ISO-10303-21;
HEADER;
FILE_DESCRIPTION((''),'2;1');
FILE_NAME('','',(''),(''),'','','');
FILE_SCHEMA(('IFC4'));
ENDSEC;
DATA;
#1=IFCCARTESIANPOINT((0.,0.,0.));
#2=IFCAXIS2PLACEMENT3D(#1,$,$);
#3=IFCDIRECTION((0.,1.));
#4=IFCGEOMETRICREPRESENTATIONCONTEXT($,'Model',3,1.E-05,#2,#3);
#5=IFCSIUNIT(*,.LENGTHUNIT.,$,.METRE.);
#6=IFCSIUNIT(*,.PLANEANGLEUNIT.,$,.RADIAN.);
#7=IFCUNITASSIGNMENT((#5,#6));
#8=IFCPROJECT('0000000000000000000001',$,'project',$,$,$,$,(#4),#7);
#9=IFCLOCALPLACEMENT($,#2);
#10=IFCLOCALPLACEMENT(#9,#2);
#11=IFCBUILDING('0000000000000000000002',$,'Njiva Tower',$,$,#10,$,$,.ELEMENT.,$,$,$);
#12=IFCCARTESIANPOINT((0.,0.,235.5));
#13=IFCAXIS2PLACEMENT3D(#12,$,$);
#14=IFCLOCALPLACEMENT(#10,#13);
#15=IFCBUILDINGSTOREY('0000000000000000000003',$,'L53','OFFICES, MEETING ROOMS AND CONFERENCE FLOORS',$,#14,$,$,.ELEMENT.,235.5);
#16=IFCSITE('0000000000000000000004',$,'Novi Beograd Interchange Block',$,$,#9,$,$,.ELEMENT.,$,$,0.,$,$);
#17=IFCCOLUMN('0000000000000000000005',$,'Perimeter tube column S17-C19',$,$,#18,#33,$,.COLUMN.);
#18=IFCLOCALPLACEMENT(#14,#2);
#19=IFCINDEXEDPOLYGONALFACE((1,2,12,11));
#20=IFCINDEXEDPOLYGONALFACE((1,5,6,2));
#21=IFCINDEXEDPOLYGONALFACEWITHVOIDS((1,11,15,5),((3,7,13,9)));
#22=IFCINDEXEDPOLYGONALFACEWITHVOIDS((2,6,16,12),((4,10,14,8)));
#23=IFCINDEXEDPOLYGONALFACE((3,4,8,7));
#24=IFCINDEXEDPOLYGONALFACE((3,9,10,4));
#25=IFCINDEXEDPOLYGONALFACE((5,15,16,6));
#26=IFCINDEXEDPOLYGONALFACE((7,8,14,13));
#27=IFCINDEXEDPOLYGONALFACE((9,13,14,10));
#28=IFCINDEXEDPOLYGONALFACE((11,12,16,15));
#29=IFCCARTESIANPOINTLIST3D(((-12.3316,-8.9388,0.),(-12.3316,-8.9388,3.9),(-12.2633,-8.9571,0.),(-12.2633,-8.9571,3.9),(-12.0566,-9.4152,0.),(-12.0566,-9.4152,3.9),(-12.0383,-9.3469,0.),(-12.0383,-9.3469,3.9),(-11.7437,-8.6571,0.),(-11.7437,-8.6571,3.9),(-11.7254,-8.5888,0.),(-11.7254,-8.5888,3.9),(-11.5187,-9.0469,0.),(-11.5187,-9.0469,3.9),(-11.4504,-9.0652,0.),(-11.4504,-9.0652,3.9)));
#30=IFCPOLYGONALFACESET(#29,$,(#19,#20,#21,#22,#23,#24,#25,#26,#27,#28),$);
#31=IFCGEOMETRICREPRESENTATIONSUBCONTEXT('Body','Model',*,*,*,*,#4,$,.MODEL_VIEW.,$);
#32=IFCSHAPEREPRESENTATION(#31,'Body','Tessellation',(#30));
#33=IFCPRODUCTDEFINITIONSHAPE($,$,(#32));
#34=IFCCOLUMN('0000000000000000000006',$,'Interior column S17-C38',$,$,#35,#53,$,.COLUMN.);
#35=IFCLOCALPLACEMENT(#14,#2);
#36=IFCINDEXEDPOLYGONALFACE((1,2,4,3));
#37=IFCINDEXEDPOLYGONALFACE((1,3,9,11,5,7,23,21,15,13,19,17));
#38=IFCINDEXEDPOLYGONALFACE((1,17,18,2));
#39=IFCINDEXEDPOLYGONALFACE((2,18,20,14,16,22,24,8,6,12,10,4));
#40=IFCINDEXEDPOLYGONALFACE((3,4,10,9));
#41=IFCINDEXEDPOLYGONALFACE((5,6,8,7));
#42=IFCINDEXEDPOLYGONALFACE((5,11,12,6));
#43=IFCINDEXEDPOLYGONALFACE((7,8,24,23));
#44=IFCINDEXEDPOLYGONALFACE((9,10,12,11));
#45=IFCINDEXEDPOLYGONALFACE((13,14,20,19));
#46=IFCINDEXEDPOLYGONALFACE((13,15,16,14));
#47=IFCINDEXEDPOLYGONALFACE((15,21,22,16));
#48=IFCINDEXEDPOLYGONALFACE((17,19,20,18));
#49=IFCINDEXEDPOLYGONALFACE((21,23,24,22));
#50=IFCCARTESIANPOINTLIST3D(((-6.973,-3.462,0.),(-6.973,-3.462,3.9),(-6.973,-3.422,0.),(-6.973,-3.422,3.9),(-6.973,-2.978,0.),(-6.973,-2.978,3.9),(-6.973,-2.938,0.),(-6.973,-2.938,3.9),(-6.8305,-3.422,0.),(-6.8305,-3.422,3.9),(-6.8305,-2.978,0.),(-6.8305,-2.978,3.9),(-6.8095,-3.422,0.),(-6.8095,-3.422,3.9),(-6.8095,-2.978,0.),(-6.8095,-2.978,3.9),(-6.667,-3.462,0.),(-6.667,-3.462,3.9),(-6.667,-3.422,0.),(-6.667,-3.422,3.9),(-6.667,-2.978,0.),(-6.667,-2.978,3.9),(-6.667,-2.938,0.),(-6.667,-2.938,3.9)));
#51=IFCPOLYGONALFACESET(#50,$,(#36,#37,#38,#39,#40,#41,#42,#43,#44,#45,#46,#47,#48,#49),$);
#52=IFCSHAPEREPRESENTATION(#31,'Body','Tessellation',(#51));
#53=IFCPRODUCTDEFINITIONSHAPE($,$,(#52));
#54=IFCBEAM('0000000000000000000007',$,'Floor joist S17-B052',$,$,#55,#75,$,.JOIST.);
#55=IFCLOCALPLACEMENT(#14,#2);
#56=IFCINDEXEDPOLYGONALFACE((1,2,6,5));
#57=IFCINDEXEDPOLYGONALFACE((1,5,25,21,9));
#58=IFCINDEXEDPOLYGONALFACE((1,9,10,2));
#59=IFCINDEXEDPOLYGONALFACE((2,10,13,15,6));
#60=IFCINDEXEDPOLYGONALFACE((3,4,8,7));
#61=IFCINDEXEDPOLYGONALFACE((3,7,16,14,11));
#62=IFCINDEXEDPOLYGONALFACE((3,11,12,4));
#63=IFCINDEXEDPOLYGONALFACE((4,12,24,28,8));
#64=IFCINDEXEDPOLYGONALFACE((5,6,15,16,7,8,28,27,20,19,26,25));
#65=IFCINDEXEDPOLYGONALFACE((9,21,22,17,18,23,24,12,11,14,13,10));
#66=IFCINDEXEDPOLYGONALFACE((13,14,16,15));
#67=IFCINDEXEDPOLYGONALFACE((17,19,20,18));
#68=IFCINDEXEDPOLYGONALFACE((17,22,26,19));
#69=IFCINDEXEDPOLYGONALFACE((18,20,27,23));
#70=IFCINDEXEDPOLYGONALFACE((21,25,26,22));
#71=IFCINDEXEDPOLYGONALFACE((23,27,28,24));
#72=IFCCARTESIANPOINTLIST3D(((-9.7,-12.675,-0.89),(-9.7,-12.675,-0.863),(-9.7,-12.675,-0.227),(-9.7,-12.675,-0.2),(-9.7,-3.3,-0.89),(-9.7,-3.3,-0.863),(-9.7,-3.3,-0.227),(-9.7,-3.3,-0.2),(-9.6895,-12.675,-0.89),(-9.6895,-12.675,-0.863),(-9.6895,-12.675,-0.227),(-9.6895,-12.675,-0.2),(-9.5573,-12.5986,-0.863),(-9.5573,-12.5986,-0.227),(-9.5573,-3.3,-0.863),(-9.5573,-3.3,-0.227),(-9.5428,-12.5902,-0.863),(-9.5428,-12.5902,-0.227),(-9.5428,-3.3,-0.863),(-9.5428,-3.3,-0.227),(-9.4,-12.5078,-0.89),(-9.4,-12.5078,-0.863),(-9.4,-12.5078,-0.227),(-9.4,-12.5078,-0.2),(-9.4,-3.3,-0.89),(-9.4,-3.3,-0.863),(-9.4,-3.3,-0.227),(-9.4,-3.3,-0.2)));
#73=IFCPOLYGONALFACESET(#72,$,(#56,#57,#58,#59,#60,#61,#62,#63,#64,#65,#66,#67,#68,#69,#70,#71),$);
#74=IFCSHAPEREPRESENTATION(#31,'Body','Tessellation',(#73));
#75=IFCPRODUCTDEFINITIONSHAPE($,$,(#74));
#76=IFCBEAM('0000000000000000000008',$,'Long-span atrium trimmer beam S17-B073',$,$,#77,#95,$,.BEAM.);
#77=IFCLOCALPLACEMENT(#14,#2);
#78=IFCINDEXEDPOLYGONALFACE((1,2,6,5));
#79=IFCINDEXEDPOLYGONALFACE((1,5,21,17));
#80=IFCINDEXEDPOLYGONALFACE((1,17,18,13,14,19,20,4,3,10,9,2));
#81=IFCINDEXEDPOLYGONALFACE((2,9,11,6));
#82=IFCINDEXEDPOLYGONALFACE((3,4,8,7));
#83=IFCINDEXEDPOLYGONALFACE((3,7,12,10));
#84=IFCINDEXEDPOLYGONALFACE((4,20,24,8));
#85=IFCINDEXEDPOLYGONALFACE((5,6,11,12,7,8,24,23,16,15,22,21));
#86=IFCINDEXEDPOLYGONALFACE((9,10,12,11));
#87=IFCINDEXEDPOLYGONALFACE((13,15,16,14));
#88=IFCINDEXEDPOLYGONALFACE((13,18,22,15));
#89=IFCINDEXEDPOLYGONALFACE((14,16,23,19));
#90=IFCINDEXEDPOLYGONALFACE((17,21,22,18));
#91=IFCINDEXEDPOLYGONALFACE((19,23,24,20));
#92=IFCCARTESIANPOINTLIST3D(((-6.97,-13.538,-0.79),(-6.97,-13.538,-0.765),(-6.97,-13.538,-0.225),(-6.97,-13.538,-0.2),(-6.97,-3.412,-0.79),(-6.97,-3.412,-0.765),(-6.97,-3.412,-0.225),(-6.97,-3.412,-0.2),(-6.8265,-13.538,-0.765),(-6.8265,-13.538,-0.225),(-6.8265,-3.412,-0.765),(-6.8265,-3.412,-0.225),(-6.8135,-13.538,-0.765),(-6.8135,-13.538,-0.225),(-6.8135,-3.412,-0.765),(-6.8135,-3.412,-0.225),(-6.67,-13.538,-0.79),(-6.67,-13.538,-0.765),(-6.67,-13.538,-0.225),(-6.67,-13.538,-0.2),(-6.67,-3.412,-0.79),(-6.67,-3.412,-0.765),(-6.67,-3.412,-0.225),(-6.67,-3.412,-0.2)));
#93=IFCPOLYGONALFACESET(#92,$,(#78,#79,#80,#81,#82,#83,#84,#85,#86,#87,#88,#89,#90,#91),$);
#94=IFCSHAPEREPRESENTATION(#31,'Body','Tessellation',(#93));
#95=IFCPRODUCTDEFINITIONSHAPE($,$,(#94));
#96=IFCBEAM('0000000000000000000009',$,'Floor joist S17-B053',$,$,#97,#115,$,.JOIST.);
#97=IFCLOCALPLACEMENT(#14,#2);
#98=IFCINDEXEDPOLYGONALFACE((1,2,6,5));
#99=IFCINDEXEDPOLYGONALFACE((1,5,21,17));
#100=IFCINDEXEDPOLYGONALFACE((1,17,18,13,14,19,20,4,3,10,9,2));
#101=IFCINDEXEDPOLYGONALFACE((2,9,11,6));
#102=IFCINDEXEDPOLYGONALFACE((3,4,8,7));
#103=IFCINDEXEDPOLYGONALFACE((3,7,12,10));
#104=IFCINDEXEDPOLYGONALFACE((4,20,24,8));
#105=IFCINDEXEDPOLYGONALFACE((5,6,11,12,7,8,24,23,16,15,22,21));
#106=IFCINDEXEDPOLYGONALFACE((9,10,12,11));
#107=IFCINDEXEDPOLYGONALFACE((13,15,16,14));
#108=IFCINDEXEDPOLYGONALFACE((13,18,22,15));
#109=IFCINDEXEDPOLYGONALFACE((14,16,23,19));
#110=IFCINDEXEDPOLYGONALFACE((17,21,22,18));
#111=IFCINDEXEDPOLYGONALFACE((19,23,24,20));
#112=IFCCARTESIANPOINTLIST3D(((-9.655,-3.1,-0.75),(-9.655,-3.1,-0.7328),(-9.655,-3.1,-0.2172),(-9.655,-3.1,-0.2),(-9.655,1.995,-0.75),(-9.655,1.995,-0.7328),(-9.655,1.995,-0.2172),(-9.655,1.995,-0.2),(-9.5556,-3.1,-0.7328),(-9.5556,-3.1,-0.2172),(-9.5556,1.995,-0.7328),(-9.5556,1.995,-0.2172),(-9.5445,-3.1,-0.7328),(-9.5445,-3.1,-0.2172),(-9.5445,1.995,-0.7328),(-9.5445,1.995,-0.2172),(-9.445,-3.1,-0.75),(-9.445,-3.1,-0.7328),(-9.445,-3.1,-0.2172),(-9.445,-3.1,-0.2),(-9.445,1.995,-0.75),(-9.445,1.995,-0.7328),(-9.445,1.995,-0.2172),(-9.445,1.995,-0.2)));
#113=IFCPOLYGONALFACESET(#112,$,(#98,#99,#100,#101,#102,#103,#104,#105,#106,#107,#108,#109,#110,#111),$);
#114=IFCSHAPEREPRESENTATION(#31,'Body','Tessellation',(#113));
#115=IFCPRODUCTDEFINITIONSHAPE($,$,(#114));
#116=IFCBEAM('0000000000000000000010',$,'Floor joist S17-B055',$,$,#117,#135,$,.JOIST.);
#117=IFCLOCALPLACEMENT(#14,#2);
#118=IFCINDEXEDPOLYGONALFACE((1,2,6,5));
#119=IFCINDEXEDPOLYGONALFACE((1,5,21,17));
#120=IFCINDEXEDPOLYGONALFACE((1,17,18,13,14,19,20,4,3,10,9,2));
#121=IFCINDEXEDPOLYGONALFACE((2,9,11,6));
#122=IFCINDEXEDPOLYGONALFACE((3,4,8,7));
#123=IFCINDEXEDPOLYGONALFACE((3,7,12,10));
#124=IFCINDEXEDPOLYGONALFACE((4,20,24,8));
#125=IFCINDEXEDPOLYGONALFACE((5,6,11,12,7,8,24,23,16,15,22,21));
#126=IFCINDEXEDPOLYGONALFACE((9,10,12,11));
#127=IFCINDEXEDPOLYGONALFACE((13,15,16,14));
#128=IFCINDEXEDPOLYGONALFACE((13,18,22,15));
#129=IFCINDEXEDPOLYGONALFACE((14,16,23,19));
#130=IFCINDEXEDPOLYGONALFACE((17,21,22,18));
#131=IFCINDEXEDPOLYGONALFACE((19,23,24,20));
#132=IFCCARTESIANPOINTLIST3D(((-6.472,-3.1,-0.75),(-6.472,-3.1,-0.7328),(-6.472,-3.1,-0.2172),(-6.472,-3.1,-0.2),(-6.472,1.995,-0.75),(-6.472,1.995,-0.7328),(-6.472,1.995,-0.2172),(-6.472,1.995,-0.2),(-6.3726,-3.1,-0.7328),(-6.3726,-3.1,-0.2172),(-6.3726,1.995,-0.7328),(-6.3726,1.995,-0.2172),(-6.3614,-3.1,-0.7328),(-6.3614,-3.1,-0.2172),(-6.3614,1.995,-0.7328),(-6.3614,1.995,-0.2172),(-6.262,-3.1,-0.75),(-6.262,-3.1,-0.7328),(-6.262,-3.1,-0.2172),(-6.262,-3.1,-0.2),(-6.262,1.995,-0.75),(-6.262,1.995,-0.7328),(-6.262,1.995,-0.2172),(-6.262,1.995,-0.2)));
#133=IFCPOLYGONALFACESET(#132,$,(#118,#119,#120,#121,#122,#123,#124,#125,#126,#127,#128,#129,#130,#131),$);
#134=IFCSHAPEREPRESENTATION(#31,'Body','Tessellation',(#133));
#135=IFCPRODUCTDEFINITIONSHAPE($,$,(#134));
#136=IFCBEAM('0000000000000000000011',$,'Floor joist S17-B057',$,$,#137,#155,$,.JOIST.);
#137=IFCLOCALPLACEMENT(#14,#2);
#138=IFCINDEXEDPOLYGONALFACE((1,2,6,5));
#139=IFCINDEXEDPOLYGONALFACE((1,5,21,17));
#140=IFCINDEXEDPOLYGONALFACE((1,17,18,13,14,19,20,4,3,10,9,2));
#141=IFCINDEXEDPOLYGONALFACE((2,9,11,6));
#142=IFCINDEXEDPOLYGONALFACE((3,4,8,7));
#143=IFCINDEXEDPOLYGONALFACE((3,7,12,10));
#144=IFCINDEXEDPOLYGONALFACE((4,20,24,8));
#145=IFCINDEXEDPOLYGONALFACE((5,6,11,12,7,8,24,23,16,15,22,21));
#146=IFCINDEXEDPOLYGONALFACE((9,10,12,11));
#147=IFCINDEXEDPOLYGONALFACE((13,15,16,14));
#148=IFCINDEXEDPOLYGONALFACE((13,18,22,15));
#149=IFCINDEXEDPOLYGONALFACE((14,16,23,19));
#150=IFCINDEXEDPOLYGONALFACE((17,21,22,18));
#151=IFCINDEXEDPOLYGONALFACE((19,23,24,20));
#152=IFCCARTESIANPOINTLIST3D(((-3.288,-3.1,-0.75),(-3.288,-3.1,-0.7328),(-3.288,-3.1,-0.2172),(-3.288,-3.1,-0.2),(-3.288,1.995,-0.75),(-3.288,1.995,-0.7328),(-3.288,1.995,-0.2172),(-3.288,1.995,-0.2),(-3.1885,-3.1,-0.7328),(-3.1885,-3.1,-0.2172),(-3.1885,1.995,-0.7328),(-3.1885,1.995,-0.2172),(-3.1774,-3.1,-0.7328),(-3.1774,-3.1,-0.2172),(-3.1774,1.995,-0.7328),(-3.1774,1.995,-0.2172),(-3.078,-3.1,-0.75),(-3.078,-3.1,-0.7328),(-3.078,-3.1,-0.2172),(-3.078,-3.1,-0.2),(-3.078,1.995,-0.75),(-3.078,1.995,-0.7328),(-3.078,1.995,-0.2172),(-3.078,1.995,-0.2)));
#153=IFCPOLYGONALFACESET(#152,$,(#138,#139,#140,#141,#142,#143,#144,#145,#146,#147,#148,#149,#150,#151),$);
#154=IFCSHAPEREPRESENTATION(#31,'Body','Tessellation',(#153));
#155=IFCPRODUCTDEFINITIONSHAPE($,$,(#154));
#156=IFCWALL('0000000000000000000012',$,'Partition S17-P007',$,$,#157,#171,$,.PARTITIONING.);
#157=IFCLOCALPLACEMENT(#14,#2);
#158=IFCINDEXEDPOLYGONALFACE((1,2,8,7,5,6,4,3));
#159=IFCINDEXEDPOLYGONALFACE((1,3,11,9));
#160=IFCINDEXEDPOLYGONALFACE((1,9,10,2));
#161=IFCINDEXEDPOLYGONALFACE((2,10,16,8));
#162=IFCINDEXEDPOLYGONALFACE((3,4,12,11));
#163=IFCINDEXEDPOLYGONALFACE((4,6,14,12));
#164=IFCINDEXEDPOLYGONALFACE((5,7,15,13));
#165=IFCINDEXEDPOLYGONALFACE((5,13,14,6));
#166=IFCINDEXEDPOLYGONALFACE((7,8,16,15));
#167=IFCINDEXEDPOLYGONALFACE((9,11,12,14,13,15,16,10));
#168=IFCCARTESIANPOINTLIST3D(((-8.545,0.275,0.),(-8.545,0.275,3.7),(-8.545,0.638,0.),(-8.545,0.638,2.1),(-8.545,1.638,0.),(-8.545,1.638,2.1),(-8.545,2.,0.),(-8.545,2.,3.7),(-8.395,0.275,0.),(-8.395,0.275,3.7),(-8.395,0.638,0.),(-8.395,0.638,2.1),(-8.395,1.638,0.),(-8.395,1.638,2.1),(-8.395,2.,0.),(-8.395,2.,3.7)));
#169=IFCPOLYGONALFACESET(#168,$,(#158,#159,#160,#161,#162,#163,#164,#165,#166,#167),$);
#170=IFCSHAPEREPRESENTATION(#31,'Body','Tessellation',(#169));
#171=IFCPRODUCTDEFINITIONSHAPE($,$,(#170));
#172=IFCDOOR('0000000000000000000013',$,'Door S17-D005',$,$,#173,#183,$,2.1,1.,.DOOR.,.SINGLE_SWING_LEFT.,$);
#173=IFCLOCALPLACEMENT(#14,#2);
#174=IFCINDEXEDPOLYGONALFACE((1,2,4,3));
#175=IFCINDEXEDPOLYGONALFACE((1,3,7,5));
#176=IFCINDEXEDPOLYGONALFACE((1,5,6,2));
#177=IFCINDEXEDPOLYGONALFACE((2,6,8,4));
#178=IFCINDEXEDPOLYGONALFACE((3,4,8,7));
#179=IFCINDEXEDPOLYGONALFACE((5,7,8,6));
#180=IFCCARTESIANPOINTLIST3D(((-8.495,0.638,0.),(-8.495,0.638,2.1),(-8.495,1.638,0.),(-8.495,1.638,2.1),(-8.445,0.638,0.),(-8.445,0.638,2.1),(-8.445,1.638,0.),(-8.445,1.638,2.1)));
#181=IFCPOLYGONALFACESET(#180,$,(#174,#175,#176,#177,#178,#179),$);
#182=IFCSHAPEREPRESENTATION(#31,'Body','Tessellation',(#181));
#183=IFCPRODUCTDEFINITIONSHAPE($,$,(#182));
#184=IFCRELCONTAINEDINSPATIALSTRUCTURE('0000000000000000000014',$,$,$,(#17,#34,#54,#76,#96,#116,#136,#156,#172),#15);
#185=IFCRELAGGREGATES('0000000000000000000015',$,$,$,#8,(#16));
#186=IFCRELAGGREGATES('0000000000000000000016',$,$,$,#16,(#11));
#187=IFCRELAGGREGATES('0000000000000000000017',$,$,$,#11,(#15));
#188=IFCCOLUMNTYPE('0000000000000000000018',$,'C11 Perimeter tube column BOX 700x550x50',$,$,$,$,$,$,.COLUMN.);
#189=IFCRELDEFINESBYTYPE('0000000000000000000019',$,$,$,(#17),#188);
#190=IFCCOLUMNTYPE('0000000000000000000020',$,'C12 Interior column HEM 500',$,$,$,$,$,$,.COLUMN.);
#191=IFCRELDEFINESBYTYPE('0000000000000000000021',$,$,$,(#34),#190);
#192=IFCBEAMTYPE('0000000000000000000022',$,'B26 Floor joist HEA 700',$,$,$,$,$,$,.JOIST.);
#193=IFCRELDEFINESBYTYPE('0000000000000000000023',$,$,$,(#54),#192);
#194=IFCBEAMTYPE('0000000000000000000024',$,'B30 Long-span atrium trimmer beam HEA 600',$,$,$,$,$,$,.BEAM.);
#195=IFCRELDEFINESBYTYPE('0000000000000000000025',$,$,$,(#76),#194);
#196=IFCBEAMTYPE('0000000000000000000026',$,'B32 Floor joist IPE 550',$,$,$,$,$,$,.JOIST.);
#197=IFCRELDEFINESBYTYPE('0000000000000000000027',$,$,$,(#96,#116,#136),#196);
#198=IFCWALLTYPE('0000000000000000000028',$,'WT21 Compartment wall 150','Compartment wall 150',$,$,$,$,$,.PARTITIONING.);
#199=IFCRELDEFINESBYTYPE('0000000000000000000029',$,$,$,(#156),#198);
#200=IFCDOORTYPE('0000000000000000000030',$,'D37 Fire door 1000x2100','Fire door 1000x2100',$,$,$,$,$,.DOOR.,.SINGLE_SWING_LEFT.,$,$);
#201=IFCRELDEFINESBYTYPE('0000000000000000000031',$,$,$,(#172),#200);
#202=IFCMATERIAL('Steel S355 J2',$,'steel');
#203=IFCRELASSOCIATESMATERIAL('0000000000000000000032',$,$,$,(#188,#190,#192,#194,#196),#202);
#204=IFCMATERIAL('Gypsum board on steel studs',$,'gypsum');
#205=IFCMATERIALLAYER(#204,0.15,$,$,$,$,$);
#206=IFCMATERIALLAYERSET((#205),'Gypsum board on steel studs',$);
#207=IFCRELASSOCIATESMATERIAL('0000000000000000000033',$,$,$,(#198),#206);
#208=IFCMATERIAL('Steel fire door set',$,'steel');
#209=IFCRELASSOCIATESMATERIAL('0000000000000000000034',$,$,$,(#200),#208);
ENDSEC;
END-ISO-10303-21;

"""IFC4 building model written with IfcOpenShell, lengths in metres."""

from ifc_helpers import new_model, si_unit, direction, frame, frame_2d, origin, origin_2d, place, context, subcontext, project, spatial, rectangle, hollow_rectangle, i_section, extrude, clip, halfspace, material, layer, layer_set, material_profile, profile_set, type_object, element, fill, save


model = new_model("IFC4")

# Units and contexts
model_context = context("Model", 3, precision=1e-05, world=origin(), true_north=direction((0.0, 1.0)))
body_context = subcontext(model_context, "Body", "Model", "MODEL_VIEW")
ifc_project = project(units=[si_unit("LENGTHUNIT", "METRE"), si_unit("PLANEANGLEUNIT", "RADIAN")], contexts=[model_context])

# Site, building, storey
site_placement = place(None, origin())
site = spatial("IfcSite", under=ifc_project, at=site_placement, Name="Novi Beograd Interchange Block", CompositionType="ELEMENT", RefElevation=0.0)
building_placement = place(site_placement, origin())
building = spatial("IfcBuilding", under=site, at=building_placement, Name="Njiva Tower", CompositionType="ELEMENT")
storey_placement = place(building_placement, frame((0.0, 0.0, 235.5)))
storey = spatial("IfcBuildingStorey", under=building, at=storey_placement, Name="L53", Description="OFFICES, MEETING ROOMS AND CONFERENCE FLOORS", CompositionType="ELEMENT", Elevation=235.5)

# Columns
ifc_material_1 = material(Name="Steel S355 J2", Category="steel")
ifc_material_profile_1 = material_profile(ifc_material_1, hollow_rectangle(XDim=0.55, YDim=0.7, WallThickness=0.05, at=origin_2d()), Name="BOX 700x550x50")
ifc_profile_set_1 = profile_set([ifc_material_profile_1], Name="Steel S355 J2")
column_type_1 = type_object("IfcColumnType", Name="C11 Perimeter tube column BOX 700x550x50", PredefinedType="COLUMN", material=ifc_profile_set_1)
column_1_placement = place(storey_placement, frame((-11.891, -9.002, 0.0), z_axis=(0.0, 0.0, 1.0), x_axis=(0.5, -0.866025, 0.0)))
element("IfcColumn", 1, at=column_1_placement, inside=storey, type_object=column_type_1, Name="Perimeter tube column S17-C19", PredefinedType="COLUMN", context=body_context, shape_type="SweptSolid", body=[
    extrude(hollow_rectangle(XDim=0.55, YDim=0.7, WallThickness=0.05, at=origin_2d()), origin(), (0.0, 0.0, 1.0), 3.9),
])
ifc_material_profile_2 = material_profile(ifc_material_1, i_section(OverallWidth=0.306, OverallDepth=0.524, WebThickness=0.021, FlangeThickness=0.04, at=origin_2d()), Name="HEM 500")
ifc_profile_set_2 = profile_set([ifc_material_profile_2], Name="Steel S355 J2")
column_type_2 = type_object("IfcColumnType", Name="C12 Interior column HEM 500", PredefinedType="COLUMN", material=ifc_profile_set_2)
column_2_placement = place(storey_placement, frame((-6.82, -3.2, 0.0), z_axis=(0.0, 0.0, 1.0), x_axis=(1.0, 0.0, 0.0)))
element("IfcColumn", 2, at=column_2_placement, inside=storey, type_object=column_type_2, Name="Interior column S17-C38", PredefinedType="COLUMN", context=body_context, shape_type="SweptSolid", body=[
    extrude(i_section(OverallWidth=0.306, OverallDepth=0.524, WebThickness=0.021, FlangeThickness=0.04, at=origin_2d()), origin(), (0.0, 0.0, 1.0), 3.9),
])

# Beams
ifc_material_profile_3 = material_profile(ifc_material_1, i_section(OverallWidth=0.3, OverallDepth=0.69, WebThickness=0.0145, FlangeThickness=0.027, at=origin_2d()), Name="HEA 700")
ifc_profile_set_3 = profile_set([ifc_material_profile_3], Name="Steel S355 J2")
beam_type_1 = type_object("IfcBeamType", Name="B26 Floor joist HEA 700", PredefinedType="JOIST", material=ifc_profile_set_3)
beam_1_placement = place(storey_placement, frame((-9.55, -3.3, -0.545), z_axis=(0.0, -1.0, 0.0), x_axis=(1.0, 0.0, 0.0)))
element("IfcBeam", 3, at=beam_1_placement, inside=storey, type_object=beam_type_1, Name="Floor joist S17-B052", PredefinedType="JOIST", context=body_context, shape_type="Clipping", body=[
    clip(extrude(i_section(OverallWidth=0.3, OverallDepth=0.69, WebThickness=0.0145, FlangeThickness=0.027, at=origin_2d()), origin(), (0.0, 0.0, 1.0), 9.375), halfspace(frame((0.025, 0.0, 9.28), z_axis=(0.499998, 0.0, 0.866027), x_axis=(0.0, 1.0, 0.0)), False)),
])
ifc_material_profile_4 = material_profile(ifc_material_1, i_section(OverallWidth=0.3, OverallDepth=0.59, WebThickness=0.013, FlangeThickness=0.025, at=origin_2d()), Name="HEA 600")
ifc_profile_set_4 = profile_set([ifc_material_profile_4], Name="Steel S355 J2")
beam_type_2 = type_object("IfcBeamType", Name="B30 Long-span atrium trimmer beam HEA 600", PredefinedType="BEAM", material=ifc_profile_set_4)
beam_2_placement = place(storey_placement, frame((-6.82, -3.412, -0.495), z_axis=(0.0, -1.0, 0.0), x_axis=(1.0, 0.0, 0.0)))
element("IfcBeam", 4, at=beam_2_placement, inside=storey, type_object=beam_type_2, Name="Long-span atrium trimmer beam S17-B073", PredefinedType="BEAM", context=body_context, shape_type="SweptSolid", body=[
    extrude(i_section(OverallWidth=0.3, OverallDepth=0.59, WebThickness=0.013, FlangeThickness=0.025, at=origin_2d()), origin(), (0.0, 0.0, 1.0), 10.126),
])
ifc_material_profile_5 = material_profile(ifc_material_1, i_section(OverallWidth=0.21, OverallDepth=0.55, WebThickness=0.0111, FlangeThickness=0.0172, at=origin_2d()), Name="IPE 550")
ifc_profile_set_5 = profile_set([ifc_material_profile_5], Name="Steel S355 J2")
beam_type_3 = type_object("IfcBeamType", Name="B32 Floor joist IPE 550", PredefinedType="JOIST", material=ifc_profile_set_5)
for number, where, z_axis, x_axis, name in (
    (5, (-9.55, 1.995, -0.475), (0.0, -1.0, 0.0), (1.0, 0.0, 0.0), "Floor joist S17-B053"),
    (6, (-6.367, 1.995, -0.475), (0.0, -1.0, 0.0), (1.0, 0.0, 0.0), "Floor joist S17-B055"),
    (7, (-3.183, 1.995, -0.475), (0.0, -1.0, 0.0), (1.0, 0.0, 0.0), "Floor joist S17-B057"),
):
    element("IfcBeam", number, at=place(storey_placement, frame(where, z_axis=z_axis, x_axis=x_axis)), inside=storey, type_object=beam_type_3, Name=name, PredefinedType="JOIST", context=body_context, shape_type="SweptSolid", body=[
        extrude(i_section(OverallWidth=0.21, OverallDepth=0.55, WebThickness=0.0111, FlangeThickness=0.0172, at=origin_2d()), origin(), (0.0, 0.0, 1.0), 5.095),
    ])

# Wall, opening, door
ifc_material_2 = material(Name="Gypsum board on steel studs", Category="gypsum")
ifc_layer_1 = layer(ifc_material_2, 0.15)
ifc_layer_set_1 = layer_set([ifc_layer_1], Name="Gypsum board on steel studs")
wall_type_1 = type_object("IfcWallType", Name="WT21 Compartment wall 150", Description="Compartment wall 150", PredefinedType="PARTITIONING", material=ifc_layer_set_1)
wall_1_placement = place(storey_placement, frame((-8.47, 0.275, 0.0), z_axis=(0.0, 0.0, 1.0), x_axis=(0.0, 1.0, 0.0)))
wall_1 = element("IfcWall", 8, at=wall_1_placement, inside=storey, type_object=wall_type_1, Name="Partition S17-P007", PredefinedType="PARTITIONING", context=body_context, shape_type="SweptSolid", body=[
    extrude(rectangle(XDim=1.725, YDim=0.15, at=frame_2d((0.8625, 0.0))), origin(), (0.0, 0.0, 1.0), 3.7),
])
opening_1_placement = place(wall_1_placement, frame((0.363, 0.0, 0.0)))
opening_1 = element("IfcOpeningElement", 9, at=opening_1_placement, cuts=wall_1, PredefinedType="OPENING", context=body_context, shape_type="SweptSolid", body=[
    extrude(rectangle(XDim=1.0, YDim=2.1, at=frame_2d((0.5, 1.05))), frame((0.0, 0.085, 0.0), z_axis=(0.0, -1.0, 0.0), x_axis=(1.0, 0.0, 0.0)), (0.0, 0.0, 1.0), 0.17),
])
ifc_material_3 = material(Name="Steel fire door set", Category="steel")
door_type = type_object("IfcDoorType", Name="D37 Fire door 1000x2100", Description="Fire door 1000x2100", OperationType="SINGLE_SWING_LEFT", PredefinedType="DOOR", material=ifc_material_3)
door_1_placement = place(opening_1_placement, origin())
door_1 = element("IfcDoor", 10, at=door_1_placement, inside=storey, type_object=door_type, Name="Door S17-D005", OperationType="SINGLE_SWING_LEFT", OverallHeight=2.1, OverallWidth=1.0, PredefinedType="DOOR", context=body_context, shape_type="SweptSolid", body=[
    extrude(rectangle(XDim=1.0, YDim=2.1, at=frame_2d((0.5, 1.05))), frame((0.0, 0.025, 0.0), z_axis=(0.0, -1.0, 0.0), x_axis=(1.0, 0.0, 0.0)), (0.0, 0.0, 1.0), 0.05),
])
fill(opening_1, door_1)

save(model, "model.ifc")
